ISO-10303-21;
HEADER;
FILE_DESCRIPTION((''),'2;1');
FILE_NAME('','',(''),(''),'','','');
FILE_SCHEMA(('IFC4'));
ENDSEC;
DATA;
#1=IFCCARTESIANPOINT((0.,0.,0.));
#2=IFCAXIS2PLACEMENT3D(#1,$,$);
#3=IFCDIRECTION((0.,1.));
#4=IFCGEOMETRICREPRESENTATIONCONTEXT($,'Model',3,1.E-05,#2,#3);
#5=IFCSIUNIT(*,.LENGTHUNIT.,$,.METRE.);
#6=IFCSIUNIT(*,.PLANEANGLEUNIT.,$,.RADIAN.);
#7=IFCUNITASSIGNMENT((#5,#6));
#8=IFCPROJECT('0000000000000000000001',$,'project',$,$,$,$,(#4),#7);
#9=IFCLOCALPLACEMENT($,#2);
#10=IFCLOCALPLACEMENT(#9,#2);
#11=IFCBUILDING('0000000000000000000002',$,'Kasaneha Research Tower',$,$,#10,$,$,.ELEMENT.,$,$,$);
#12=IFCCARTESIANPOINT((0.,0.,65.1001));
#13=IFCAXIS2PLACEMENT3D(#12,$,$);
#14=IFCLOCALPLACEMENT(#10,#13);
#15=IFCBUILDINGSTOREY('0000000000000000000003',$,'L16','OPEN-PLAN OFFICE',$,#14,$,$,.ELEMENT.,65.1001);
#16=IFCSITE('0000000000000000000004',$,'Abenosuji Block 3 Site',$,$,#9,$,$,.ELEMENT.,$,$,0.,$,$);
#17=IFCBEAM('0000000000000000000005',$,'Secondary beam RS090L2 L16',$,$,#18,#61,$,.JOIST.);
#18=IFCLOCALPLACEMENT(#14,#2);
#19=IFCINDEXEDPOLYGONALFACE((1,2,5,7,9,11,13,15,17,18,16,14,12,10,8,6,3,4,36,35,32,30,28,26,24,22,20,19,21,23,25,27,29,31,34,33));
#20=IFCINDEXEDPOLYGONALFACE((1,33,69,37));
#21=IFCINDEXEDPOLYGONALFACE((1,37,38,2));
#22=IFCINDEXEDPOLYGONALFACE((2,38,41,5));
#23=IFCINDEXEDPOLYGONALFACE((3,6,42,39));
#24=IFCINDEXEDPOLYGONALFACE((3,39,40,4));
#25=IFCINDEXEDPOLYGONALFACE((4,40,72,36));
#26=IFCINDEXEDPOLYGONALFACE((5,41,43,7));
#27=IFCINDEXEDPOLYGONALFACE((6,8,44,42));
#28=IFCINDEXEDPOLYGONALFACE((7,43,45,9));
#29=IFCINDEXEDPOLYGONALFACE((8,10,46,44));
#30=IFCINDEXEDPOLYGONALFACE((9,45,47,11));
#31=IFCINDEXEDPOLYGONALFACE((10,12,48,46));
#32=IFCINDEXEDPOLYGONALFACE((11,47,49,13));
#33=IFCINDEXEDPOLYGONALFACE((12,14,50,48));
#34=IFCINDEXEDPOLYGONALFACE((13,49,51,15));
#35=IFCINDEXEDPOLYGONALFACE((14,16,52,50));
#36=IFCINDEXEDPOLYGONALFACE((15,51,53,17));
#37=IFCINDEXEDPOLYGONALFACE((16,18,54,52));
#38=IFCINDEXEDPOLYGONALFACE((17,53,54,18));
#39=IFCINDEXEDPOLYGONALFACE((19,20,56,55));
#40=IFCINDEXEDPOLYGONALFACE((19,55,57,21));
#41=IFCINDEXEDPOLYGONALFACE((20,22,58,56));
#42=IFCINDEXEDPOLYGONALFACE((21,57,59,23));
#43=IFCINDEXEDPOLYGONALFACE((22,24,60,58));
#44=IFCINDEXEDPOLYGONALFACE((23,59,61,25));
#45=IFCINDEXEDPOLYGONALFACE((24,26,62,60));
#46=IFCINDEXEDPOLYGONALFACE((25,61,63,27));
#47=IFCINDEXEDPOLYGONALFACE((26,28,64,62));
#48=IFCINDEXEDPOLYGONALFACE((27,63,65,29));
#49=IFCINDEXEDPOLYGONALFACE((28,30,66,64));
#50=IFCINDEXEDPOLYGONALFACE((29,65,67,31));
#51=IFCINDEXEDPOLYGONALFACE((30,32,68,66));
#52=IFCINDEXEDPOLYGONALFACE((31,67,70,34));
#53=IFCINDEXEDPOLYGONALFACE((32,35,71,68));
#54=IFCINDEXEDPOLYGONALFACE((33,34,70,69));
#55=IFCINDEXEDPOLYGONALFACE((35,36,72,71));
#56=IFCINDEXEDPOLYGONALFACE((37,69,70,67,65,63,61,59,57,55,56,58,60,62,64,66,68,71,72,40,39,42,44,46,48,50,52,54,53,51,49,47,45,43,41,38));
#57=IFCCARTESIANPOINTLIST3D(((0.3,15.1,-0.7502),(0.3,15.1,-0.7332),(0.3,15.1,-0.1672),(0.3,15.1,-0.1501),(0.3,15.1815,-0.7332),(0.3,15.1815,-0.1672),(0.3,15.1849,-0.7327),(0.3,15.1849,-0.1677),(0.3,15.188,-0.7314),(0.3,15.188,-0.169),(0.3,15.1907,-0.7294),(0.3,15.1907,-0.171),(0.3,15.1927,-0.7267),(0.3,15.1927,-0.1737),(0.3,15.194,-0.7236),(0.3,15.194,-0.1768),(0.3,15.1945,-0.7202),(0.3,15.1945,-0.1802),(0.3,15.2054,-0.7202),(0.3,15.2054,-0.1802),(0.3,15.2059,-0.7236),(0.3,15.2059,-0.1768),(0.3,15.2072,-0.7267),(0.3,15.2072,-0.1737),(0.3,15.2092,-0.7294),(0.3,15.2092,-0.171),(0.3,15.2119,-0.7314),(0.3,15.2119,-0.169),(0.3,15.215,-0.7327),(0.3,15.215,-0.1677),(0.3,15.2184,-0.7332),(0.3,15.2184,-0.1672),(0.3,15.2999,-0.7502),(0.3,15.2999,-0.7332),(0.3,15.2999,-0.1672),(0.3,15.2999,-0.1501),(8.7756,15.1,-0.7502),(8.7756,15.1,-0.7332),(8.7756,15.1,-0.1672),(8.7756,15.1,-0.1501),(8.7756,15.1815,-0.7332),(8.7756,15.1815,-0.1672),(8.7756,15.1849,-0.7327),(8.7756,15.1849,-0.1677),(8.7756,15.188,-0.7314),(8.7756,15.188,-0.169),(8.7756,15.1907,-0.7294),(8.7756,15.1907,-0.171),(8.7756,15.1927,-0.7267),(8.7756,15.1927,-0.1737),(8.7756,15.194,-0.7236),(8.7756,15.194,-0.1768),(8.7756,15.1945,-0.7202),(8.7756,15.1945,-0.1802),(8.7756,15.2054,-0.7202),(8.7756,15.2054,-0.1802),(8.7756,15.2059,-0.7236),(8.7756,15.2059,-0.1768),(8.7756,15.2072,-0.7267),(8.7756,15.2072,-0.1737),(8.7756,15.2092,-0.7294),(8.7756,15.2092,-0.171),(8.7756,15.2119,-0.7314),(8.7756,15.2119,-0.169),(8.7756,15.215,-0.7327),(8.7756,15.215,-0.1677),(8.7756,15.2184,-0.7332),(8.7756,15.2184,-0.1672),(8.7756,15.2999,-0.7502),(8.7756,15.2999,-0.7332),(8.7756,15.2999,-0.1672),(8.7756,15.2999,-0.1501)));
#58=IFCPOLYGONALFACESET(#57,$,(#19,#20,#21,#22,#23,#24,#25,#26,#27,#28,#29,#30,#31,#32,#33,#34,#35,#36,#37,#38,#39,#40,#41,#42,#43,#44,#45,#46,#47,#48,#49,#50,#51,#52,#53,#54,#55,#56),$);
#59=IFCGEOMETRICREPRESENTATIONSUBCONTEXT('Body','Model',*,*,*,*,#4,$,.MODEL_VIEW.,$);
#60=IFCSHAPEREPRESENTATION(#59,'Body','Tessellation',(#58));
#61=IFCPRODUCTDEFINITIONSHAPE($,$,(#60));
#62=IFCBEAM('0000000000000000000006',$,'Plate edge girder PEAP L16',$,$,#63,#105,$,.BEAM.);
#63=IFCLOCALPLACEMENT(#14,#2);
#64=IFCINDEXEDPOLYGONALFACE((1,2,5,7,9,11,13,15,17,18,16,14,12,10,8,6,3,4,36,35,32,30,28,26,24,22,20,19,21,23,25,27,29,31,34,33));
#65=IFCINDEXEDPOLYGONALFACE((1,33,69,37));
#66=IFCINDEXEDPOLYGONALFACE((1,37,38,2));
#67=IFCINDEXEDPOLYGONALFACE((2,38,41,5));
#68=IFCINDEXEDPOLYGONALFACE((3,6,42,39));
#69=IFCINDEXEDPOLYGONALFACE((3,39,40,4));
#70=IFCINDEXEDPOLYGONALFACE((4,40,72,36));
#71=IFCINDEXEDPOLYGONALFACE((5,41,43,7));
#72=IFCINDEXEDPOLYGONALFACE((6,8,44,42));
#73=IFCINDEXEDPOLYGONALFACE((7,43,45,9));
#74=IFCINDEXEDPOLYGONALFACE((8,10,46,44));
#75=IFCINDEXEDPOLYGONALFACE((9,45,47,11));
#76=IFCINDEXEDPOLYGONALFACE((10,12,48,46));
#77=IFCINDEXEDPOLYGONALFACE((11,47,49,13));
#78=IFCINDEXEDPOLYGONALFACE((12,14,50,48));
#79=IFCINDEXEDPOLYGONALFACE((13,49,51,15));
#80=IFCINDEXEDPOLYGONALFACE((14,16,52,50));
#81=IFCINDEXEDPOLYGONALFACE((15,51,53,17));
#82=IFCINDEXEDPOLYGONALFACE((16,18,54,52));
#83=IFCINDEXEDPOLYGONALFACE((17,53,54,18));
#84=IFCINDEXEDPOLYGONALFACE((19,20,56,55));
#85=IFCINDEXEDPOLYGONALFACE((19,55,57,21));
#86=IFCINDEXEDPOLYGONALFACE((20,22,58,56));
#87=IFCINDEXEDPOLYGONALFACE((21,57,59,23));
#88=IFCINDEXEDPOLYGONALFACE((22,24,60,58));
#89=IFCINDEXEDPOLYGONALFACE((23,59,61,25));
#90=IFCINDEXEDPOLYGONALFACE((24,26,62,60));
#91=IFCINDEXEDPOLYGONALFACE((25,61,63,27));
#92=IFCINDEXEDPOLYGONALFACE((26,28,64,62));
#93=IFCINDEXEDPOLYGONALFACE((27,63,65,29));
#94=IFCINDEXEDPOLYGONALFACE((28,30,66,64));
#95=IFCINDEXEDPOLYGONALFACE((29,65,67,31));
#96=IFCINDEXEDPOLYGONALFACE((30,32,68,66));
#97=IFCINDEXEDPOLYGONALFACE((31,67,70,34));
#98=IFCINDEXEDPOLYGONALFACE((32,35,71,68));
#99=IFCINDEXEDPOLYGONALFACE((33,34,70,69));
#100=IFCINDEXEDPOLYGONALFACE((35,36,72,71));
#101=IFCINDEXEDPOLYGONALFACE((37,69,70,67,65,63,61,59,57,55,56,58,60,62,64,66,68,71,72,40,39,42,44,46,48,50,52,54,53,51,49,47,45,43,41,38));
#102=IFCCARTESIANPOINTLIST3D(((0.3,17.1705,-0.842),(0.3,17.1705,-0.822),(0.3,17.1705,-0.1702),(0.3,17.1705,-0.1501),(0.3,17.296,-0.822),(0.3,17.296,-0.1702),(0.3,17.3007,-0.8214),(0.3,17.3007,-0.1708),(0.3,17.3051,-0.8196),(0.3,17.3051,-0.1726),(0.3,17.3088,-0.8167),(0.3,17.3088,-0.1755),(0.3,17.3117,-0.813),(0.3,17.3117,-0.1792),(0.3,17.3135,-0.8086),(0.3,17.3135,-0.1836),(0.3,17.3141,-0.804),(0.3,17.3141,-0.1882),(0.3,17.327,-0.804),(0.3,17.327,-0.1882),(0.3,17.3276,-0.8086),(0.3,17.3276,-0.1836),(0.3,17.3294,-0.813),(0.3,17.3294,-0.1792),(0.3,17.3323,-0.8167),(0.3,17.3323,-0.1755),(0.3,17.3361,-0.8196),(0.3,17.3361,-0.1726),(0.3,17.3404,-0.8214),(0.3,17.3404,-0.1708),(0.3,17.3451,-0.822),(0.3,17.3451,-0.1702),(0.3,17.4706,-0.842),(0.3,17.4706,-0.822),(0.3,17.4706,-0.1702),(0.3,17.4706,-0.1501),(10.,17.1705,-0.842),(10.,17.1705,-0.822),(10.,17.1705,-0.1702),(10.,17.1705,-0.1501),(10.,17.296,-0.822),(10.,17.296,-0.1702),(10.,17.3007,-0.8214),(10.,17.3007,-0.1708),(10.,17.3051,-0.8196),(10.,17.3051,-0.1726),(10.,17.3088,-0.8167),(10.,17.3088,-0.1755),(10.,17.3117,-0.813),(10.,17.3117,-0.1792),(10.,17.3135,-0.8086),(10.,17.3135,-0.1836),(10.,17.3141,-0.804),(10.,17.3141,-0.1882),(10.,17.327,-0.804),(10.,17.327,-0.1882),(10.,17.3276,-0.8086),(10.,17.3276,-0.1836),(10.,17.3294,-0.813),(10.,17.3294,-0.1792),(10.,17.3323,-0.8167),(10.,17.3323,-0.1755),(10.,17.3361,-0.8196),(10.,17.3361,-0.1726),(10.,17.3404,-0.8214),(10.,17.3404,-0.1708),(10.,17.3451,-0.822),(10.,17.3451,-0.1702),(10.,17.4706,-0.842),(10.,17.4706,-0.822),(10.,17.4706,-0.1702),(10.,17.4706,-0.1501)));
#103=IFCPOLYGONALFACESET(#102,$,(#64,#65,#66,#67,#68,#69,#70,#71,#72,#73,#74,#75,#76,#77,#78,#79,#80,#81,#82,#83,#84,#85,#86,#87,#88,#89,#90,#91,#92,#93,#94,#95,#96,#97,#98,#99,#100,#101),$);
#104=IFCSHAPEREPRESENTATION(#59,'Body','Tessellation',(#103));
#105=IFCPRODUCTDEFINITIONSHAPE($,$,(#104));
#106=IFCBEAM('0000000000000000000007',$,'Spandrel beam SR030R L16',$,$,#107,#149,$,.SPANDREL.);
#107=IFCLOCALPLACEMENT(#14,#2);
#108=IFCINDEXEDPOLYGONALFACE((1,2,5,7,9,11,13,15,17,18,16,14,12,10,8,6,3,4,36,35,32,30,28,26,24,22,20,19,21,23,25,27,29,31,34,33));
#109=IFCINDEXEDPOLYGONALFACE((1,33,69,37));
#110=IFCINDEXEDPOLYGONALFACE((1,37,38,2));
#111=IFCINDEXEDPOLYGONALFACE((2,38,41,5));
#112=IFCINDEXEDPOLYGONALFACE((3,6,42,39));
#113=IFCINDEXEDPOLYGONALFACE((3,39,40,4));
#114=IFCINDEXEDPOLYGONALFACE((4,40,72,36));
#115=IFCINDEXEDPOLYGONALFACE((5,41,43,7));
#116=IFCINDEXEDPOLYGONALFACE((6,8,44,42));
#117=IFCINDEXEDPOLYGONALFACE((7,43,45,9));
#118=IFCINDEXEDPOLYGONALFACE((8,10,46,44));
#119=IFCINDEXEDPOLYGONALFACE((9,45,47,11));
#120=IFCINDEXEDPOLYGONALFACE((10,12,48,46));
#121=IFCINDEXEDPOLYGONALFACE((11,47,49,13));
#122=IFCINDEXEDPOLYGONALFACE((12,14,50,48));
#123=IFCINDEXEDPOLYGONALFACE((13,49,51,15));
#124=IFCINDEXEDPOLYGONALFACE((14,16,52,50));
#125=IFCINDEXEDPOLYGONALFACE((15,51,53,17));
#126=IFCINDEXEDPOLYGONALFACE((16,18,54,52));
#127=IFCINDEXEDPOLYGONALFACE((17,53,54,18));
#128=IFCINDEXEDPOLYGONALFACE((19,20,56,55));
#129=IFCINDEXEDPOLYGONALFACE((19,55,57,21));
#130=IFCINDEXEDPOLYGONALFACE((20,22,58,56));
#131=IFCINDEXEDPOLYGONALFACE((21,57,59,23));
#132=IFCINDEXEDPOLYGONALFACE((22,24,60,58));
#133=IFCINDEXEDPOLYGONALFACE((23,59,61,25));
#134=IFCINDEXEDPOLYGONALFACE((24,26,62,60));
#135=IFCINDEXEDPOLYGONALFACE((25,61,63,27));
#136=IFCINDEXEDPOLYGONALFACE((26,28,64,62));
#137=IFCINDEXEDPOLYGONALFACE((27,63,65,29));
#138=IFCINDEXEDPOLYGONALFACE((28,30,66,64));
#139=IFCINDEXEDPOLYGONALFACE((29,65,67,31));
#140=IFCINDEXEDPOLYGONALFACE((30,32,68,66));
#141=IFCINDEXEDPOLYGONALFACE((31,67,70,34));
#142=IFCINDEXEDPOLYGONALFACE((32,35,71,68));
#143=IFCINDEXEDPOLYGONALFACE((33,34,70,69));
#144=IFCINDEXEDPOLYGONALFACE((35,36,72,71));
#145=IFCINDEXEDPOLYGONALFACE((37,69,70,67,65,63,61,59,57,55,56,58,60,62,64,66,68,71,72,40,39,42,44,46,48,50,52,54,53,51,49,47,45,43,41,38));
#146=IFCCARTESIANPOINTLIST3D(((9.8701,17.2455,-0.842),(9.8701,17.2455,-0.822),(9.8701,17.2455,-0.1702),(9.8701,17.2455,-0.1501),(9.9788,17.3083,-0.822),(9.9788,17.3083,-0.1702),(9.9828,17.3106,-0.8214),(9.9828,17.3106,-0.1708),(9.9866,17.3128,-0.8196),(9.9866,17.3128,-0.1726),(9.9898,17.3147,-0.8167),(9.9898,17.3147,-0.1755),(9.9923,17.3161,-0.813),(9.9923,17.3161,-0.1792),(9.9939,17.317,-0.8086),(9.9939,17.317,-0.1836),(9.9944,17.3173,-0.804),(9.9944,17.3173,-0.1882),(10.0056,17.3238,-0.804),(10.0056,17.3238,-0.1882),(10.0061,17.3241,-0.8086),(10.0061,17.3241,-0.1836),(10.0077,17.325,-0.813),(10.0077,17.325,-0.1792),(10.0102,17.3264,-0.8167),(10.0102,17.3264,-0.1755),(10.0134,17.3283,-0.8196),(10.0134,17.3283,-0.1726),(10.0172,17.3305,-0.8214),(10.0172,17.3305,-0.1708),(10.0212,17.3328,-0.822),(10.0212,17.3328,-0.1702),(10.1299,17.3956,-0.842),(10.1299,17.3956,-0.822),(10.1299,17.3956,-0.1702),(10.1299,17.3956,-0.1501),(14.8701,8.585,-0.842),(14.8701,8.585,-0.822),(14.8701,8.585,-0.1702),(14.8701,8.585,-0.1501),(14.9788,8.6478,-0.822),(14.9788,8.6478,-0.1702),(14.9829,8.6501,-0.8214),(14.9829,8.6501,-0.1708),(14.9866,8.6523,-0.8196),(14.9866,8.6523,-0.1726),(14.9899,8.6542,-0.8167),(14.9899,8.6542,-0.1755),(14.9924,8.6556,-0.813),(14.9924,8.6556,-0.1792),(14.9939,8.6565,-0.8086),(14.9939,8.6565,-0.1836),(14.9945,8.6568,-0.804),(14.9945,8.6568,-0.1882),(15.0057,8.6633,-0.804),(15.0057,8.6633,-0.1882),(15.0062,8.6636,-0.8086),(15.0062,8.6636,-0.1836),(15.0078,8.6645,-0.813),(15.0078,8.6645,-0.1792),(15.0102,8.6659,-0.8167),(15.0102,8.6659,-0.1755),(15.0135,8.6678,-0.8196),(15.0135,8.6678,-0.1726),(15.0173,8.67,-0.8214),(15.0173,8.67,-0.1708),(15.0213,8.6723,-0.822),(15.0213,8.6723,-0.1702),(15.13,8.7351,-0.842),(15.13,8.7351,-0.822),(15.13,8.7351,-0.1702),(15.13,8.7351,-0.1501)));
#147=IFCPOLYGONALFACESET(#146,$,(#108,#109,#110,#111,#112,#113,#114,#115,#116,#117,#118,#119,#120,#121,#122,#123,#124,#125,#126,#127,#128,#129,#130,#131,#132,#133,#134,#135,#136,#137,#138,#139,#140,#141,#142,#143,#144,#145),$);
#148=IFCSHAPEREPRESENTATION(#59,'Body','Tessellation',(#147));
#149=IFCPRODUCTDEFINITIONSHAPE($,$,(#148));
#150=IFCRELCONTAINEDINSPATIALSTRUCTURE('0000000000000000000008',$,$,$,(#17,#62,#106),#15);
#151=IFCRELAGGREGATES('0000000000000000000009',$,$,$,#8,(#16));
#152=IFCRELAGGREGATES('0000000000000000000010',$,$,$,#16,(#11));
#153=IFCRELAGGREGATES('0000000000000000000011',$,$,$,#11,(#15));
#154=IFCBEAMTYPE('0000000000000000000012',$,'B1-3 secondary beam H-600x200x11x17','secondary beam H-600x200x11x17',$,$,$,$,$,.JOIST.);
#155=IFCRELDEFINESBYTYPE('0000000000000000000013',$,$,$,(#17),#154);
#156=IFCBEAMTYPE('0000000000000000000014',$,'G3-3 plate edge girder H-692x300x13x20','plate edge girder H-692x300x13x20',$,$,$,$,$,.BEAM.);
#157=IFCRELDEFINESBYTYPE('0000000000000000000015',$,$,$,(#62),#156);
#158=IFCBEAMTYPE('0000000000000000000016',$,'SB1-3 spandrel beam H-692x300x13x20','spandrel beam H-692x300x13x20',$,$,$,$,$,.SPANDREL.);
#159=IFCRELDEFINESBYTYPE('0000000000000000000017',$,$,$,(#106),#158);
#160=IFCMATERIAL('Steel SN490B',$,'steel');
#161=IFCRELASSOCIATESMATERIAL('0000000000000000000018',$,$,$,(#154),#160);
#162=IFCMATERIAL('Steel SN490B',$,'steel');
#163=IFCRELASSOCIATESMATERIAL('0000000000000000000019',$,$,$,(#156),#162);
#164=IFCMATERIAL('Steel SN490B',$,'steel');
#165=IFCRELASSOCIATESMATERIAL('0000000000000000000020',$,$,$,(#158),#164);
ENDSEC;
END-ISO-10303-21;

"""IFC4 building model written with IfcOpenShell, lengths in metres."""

from ifc_helpers import new_model, si_unit, direction, frame, origin, origin_2d, place, context, subcontext, project, spatial, i_section, extrude, material, material_profile, profile_set, type_object, element, save


model = new_model("IFC4")

# Units and contexts
model_context = context("Model", 3, precision=1e-05, world=origin(), true_north=direction((0.0, 1.0)))
body_context = subcontext(model_context, "Body", "Model", "MODEL_VIEW")
ifc_project = project(units=[si_unit("LENGTHUNIT", "METRE"), si_unit("PLANEANGLEUNIT", "RADIAN")], contexts=[model_context])

# Site, building, storey
site_placement = place(None, origin())
site = spatial("IfcSite", under=ifc_project, at=site_placement, Name="Abenosuji Block 3 Site", CompositionType="ELEMENT", RefElevation=0.0)
building_placement = place(site_placement, origin())
building = spatial("IfcBuilding", under=site, at=building_placement, Name="Kasaneha Research Tower", CompositionType="ELEMENT")
storey_placement = place(building_placement, frame((0.0, 0.0, 65.1001)))
storey = spatial("IfcBuildingStorey", under=building, at=storey_placement, Name="L16", Description="OPEN-PLAN OFFICE", CompositionType="ELEMENT", Elevation=65.1001)

# Beams
ifc_material_1 = material(Name="Steel SN490B", Category="steel")
ifc_material_profile_1 = material_profile(ifc_material_1, i_section(OverallWidth=0.2, OverallDepth=0.6001, WebThickness=0.011, FlangeThickness=0.0171, FilletRadius=0.0129, at=origin_2d()), Name="H-600x200x11x17")
ifc_profile_set_1 = profile_set([ifc_material_profile_1], Name="Steel SN490B")
beam_type_1 = type_object("IfcBeamType", Name="B1-3 secondary beam H-600x200x11x17", Description="secondary beam H-600x200x11x17", PredefinedType="JOIST", material=ifc_profile_set_1)
beam_1_placement = place(storey_placement, frame((8.7756, 15.2, -0.4502), z_axis=(-1.0, 0.0, 0.0), x_axis=(0.0, -1.0, 0.0)))
element("IfcBeam", 1, at=beam_1_placement, inside=storey, type_object=beam_type_1, Name="Secondary beam RS090L2 L16", PredefinedType="JOIST", context=body_context, shape_type="SweptSolid", body=[
    extrude(i_section(OverallWidth=0.2, OverallDepth=0.6001, WebThickness=0.011, FlangeThickness=0.0171, FilletRadius=0.0129, at=origin_2d()), origin(), (0.0, 0.0, 1.0), 8.4756),
])
ifc_material_2 = material(Name="Steel SN490B", Category="steel")
ifc_material_profile_2 = material_profile(ifc_material_2, i_section(OverallWidth=0.3, OverallDepth=0.6919, WebThickness=0.0129, FlangeThickness=0.02, FilletRadius=0.0181, at=origin_2d()), Name="H-692x300x13x20")
ifc_profile_set_2 = profile_set([ifc_material_profile_2], Name="Steel SN490B")
beam_type_2 = type_object("IfcBeamType", Name="G3-3 plate edge girder H-692x300x13x20", Description="plate edge girder H-692x300x13x20", PredefinedType="BEAM", material=ifc_profile_set_2)
beam_2_placement = place(storey_placement, frame((10.0, 17.3206, -0.4961), z_axis=(-1.0, 0.0, 0.0), x_axis=(0.0, -1.0, 0.0)))
element("IfcBeam", 2, at=beam_2_placement, inside=storey, type_object=beam_type_2, Name="Plate edge girder PEAP L16", PredefinedType="BEAM", context=body_context, shape_type="SweptSolid", body=[
    extrude(i_section(OverallWidth=0.3, OverallDepth=0.6919, WebThickness=0.0129, FlangeThickness=0.02, FilletRadius=0.0181, at=origin_2d()), origin(), (0.0, 0.0, 1.0), 9.7),
])
ifc_material_3 = material(Name="Steel SN490B", Category="steel")
ifc_material_profile_3 = material_profile(ifc_material_3, i_section(OverallWidth=0.3, OverallDepth=0.6919, WebThickness=0.0129, FlangeThickness=0.02, FilletRadius=0.0181, at=origin_2d()), Name="H-692x300x13x20")
ifc_profile_set_3 = profile_set([ifc_material_profile_3], Name="Steel SN490B")
beam_type_3 = type_object("IfcBeamType", Name="SB1-3 spandrel beam H-692x300x13x20", Description="spandrel beam H-692x300x13x20", PredefinedType="SPANDREL", material=ifc_profile_set_3)
beam_3_placement = place(storey_placement, frame((10.0, 17.3206, -0.4961), z_axis=(0.499994, -0.866029, 0.0), x_axis=(0.866029, 0.499994, 0.0)))
element("IfcBeam", 3, at=beam_3_placement, inside=storey, type_object=beam_type_3, Name="Spandrel beam SR030R L16", PredefinedType="SPANDREL", context=body_context, shape_type="SweptSolid", body=[
    extrude(i_section(OverallWidth=0.3, OverallDepth=0.6919, WebThickness=0.0129, FlangeThickness=0.02, FilletRadius=0.0181, at=origin_2d()), origin(), (0.0, 0.0, 1.0), 10.0002),
])

save(model, "model.ifc")
